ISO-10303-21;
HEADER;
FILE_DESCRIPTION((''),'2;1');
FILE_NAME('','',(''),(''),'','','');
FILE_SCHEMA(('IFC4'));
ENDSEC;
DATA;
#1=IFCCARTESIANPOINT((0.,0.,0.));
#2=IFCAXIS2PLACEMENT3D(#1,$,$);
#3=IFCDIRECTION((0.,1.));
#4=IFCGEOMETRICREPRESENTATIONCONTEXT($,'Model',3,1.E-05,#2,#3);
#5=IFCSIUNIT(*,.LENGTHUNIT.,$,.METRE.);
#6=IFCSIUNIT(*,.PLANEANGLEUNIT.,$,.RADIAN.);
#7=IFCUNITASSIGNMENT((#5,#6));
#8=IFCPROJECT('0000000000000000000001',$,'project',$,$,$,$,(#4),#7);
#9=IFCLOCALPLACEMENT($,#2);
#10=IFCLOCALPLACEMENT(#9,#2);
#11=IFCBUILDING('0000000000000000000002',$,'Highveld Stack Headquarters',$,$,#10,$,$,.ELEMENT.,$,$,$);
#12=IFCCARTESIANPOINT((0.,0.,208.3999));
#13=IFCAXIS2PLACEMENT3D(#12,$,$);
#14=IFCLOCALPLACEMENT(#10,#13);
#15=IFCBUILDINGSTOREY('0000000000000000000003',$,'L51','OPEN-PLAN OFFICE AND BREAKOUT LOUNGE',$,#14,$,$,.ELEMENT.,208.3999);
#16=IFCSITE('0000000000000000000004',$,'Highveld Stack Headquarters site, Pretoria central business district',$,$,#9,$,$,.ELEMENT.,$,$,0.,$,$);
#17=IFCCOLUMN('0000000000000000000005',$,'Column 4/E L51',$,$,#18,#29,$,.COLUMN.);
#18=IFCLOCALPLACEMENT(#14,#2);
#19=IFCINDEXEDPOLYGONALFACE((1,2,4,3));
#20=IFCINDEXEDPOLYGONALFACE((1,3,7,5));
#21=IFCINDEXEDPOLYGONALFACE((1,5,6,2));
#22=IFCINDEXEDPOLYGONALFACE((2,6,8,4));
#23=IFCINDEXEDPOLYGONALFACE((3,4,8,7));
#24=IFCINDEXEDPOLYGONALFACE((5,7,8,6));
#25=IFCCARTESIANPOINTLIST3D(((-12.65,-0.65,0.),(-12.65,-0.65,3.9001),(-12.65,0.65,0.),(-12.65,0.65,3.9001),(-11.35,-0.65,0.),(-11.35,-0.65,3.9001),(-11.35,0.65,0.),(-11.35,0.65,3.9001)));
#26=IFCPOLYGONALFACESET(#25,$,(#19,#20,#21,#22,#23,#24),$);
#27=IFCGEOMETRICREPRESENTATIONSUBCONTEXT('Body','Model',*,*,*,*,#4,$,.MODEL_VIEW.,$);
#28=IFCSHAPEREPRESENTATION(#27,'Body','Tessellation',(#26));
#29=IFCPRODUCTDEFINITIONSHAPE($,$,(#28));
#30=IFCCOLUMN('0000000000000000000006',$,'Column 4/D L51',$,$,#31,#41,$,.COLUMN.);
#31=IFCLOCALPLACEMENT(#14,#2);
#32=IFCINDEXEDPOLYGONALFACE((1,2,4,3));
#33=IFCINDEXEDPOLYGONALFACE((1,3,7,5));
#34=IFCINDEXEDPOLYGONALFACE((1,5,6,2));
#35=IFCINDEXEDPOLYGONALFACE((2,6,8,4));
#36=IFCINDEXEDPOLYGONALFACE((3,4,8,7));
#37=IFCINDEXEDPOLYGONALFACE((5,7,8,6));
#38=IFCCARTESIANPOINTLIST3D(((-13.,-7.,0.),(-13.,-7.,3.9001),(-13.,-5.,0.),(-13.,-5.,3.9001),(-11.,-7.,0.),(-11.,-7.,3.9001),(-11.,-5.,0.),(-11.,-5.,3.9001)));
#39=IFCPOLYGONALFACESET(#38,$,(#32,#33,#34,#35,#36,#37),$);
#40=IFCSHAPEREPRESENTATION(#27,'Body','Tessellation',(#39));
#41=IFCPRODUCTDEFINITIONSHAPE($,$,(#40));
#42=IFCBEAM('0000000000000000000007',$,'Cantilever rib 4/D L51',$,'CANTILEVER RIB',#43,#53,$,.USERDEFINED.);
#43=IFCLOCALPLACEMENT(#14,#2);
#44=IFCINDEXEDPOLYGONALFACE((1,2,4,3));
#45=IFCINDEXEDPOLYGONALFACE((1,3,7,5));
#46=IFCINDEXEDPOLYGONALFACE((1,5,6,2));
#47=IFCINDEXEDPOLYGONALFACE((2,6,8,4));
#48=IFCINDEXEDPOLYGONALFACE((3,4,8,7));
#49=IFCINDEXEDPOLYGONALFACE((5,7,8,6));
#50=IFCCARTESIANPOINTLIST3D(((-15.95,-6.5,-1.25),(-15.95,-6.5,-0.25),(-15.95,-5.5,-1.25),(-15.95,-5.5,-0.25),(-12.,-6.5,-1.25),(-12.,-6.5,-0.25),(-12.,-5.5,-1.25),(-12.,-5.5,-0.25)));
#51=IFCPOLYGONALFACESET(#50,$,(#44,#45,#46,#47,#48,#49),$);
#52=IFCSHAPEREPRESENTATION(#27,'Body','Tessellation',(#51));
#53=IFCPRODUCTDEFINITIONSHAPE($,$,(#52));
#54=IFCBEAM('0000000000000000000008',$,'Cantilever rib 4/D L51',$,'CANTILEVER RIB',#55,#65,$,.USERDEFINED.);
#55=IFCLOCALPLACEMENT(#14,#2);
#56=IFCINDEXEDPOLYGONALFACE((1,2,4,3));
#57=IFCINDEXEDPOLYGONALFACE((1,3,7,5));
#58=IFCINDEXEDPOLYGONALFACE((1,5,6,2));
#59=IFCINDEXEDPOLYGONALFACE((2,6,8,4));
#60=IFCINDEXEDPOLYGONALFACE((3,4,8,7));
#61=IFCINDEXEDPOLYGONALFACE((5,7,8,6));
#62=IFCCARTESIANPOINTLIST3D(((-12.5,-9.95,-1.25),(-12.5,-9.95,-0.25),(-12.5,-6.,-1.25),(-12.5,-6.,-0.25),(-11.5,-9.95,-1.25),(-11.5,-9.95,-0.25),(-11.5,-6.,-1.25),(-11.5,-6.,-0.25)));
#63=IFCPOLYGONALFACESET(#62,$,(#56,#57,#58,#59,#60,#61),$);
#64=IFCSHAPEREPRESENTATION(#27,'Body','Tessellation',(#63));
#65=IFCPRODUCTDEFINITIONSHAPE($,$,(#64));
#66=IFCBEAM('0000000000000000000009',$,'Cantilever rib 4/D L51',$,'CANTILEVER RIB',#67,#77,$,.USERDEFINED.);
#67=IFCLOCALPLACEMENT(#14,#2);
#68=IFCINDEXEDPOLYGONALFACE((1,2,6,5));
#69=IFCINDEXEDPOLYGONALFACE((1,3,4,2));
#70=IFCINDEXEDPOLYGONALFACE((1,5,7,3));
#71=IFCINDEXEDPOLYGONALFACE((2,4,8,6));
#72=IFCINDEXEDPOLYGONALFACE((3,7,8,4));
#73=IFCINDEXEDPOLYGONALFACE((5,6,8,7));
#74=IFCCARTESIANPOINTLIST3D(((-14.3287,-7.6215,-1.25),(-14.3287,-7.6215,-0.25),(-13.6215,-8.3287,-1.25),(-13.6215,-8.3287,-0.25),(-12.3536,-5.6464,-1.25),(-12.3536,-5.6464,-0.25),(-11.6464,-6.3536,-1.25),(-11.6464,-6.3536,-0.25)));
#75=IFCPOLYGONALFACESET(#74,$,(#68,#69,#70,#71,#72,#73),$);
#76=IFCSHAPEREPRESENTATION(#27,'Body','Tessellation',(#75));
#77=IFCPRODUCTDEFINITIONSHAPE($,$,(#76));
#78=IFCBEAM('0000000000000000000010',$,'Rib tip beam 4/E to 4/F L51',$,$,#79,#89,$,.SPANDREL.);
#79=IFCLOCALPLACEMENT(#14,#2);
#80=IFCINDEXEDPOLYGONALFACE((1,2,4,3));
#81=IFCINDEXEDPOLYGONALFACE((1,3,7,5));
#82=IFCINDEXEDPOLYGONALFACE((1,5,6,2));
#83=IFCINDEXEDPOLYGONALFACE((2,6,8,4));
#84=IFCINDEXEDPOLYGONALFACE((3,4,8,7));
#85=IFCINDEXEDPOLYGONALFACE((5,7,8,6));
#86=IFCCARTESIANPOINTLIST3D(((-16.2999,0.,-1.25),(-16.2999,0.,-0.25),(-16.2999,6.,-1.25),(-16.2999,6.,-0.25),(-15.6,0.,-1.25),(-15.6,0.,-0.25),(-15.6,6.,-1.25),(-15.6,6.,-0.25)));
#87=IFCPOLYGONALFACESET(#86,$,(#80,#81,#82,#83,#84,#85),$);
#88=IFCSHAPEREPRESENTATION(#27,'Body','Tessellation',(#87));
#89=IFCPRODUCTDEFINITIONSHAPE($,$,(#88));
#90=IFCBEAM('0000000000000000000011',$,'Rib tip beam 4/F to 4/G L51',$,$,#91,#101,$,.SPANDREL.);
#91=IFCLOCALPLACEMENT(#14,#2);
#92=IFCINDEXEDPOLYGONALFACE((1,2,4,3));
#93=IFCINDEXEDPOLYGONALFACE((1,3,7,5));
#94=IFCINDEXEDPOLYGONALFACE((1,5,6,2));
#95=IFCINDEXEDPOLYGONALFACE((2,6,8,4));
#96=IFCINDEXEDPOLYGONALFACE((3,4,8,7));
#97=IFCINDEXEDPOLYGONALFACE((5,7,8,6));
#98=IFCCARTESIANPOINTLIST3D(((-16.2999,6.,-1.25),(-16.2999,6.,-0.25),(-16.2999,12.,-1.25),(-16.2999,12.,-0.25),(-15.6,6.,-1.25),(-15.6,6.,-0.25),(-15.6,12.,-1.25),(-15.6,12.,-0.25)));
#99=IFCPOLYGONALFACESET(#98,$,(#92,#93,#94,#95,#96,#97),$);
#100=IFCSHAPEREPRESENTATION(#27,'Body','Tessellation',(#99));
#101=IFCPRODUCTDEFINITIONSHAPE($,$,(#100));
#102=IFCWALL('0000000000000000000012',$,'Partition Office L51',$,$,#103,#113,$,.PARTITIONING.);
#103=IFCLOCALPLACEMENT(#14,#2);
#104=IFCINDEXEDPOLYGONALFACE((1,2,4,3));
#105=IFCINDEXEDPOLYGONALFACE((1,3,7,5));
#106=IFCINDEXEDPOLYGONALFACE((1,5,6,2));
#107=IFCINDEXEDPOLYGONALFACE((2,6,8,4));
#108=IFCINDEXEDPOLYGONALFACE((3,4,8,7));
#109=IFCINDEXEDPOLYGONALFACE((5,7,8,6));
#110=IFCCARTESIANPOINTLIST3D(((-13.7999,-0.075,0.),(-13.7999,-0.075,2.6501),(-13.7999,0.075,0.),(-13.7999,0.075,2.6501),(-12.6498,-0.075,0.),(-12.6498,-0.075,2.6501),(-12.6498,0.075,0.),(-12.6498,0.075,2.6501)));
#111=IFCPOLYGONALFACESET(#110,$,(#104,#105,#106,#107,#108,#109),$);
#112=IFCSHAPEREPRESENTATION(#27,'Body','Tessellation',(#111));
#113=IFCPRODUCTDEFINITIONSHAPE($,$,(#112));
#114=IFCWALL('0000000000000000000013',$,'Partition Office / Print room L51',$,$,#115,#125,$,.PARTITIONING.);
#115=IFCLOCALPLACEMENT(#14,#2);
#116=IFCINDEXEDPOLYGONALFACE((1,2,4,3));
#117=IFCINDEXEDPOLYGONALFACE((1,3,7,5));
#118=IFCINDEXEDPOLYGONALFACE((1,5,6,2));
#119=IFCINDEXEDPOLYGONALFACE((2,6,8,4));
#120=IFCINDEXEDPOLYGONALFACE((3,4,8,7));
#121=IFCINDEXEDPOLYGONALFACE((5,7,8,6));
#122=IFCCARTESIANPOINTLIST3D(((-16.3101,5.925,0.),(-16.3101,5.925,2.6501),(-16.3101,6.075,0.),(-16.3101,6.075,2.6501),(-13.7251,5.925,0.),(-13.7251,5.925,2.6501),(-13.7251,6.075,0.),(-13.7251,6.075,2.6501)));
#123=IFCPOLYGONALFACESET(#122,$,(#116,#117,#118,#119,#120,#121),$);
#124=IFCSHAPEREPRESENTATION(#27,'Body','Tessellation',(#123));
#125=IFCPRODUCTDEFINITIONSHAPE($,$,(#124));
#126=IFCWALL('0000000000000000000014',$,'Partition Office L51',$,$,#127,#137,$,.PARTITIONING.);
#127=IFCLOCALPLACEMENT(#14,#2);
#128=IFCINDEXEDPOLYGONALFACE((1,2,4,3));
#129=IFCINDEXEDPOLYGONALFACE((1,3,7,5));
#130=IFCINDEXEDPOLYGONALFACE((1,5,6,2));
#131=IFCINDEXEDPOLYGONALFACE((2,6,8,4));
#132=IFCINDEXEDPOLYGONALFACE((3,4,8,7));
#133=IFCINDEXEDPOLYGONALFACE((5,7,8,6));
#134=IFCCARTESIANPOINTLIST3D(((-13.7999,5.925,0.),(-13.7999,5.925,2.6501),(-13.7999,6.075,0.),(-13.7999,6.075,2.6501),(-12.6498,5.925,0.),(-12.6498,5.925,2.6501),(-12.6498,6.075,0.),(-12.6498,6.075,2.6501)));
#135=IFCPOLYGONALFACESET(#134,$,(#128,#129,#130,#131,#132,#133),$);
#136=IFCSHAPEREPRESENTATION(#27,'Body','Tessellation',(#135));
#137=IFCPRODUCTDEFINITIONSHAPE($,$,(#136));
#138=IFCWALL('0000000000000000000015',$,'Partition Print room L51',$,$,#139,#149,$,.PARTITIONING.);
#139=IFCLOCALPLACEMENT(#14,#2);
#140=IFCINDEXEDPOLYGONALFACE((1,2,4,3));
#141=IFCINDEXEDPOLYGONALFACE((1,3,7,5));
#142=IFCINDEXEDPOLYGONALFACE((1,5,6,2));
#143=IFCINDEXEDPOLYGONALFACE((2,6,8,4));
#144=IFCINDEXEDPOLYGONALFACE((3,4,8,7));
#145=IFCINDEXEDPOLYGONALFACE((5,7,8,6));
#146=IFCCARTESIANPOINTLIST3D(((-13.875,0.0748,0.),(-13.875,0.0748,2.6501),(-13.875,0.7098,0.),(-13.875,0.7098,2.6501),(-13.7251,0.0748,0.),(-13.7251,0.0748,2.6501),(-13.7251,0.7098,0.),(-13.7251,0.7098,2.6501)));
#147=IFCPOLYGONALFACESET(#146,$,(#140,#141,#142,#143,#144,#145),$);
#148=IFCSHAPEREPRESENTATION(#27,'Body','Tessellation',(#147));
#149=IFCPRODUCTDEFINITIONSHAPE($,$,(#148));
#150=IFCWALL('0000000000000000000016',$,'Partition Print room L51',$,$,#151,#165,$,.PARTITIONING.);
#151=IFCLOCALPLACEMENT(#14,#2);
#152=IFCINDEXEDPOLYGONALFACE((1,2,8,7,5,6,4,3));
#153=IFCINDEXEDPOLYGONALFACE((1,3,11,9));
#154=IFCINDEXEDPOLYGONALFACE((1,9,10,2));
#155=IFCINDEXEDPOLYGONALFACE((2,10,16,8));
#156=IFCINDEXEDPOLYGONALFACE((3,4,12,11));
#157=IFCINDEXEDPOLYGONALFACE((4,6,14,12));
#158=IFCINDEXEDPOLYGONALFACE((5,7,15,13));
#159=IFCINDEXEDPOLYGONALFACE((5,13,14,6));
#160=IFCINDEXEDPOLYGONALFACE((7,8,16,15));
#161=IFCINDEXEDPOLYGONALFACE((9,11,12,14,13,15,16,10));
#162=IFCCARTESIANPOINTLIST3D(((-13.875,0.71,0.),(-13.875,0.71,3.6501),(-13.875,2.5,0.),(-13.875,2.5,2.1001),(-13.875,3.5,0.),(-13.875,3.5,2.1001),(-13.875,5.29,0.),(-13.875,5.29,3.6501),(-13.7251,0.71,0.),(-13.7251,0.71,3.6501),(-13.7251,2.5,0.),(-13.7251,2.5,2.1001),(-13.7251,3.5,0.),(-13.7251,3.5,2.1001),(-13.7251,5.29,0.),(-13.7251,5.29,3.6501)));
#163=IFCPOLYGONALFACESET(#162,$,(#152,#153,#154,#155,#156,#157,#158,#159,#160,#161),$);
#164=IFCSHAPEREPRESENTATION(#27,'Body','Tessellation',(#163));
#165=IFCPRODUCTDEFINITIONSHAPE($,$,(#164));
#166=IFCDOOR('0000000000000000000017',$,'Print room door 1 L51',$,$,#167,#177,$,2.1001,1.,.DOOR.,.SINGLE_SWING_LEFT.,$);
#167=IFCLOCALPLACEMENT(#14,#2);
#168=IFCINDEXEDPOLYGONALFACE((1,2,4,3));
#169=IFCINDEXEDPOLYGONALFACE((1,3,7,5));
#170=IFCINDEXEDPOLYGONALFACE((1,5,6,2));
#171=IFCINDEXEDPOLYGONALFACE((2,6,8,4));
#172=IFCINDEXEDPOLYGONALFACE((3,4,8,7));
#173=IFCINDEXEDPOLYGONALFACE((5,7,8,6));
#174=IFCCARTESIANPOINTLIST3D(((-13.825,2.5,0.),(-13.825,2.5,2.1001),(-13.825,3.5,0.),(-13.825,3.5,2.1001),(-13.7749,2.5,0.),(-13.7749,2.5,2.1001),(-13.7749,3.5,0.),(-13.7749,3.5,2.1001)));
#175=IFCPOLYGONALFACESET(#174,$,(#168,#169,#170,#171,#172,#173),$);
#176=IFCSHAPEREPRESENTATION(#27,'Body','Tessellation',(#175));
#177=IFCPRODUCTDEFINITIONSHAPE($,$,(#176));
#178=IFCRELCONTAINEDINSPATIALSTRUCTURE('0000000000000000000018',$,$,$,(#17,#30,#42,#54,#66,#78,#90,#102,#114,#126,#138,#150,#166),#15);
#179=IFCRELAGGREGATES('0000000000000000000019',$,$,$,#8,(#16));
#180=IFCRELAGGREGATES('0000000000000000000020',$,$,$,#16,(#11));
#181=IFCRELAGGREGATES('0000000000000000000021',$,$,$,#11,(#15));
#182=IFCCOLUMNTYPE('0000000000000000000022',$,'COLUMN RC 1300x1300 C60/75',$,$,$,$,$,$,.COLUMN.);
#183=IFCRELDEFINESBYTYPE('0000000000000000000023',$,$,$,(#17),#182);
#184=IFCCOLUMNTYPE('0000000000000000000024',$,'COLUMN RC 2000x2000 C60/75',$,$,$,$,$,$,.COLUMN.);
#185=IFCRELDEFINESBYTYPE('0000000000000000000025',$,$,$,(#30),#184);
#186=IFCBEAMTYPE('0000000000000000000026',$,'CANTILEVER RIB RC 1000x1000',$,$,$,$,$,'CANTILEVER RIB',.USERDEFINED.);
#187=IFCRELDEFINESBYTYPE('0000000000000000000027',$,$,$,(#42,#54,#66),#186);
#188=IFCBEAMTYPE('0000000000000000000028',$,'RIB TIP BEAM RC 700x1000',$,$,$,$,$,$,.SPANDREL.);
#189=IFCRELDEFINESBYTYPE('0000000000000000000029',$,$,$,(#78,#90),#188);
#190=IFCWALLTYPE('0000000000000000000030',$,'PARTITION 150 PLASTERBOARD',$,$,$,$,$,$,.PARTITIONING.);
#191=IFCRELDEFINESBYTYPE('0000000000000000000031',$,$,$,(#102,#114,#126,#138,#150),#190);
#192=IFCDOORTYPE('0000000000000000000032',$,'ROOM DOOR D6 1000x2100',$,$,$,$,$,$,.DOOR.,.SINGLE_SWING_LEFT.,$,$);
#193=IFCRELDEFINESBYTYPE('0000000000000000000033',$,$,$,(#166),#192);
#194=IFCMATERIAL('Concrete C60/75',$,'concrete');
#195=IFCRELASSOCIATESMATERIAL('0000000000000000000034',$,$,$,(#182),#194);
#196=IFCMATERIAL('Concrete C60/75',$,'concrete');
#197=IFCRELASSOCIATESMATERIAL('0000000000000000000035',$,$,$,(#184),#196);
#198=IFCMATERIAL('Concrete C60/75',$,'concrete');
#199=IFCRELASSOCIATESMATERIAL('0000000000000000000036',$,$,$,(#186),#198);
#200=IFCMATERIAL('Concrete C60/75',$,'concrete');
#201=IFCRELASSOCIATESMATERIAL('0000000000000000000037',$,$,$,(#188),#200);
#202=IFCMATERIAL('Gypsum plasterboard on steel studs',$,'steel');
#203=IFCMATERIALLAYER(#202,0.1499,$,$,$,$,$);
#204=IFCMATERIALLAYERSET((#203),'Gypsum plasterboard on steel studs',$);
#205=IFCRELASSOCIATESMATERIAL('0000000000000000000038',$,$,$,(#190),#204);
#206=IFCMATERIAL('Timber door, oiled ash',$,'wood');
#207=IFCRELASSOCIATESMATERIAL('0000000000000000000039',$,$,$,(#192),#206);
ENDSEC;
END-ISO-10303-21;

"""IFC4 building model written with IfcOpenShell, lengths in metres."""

from ifc_helpers import new_model, si_unit, direction, frame, frame_2d, origin, origin_2d, place, context, subcontext, project, spatial, rectangle, extrude, material, layer, layer_set, material_profile, profile_set, type_object, element, fill, save


model = new_model("IFC4")

# Units and contexts
model_context = context("Model", 3, precision=1e-05, world=origin(), true_north=direction((0.0, 1.0)))
body_context = subcontext(model_context, "Body", "Model", "MODEL_VIEW")
ifc_project = project(units=[si_unit("LENGTHUNIT", "METRE"), si_unit("PLANEANGLEUNIT", "RADIAN")], contexts=[model_context])

# Site, building, storey
site_placement = place(None, origin())
site = spatial("IfcSite", under=ifc_project, at=site_placement, Name="Highveld Stack Headquarters site, Pretoria central business district", CompositionType="ELEMENT", RefElevation=0.0)
building_placement = place(site_placement, origin())
building = spatial("IfcBuilding", under=site, at=building_placement, Name="Highveld Stack Headquarters", CompositionType="ELEMENT")
storey_placement = place(building_placement, frame((0.0, 0.0, 208.3999)))
storey = spatial("IfcBuildingStorey", under=building, at=storey_placement, Name="L51", Description="OPEN-PLAN OFFICE AND BREAKOUT LOUNGE", CompositionType="ELEMENT", Elevation=208.3999)

# Columns
ifc_material_1 = material(Name="Concrete C60/75", Category="concrete")
ifc_material_profile_1 = material_profile(ifc_material_1, rectangle(XDim=1.3, YDim=1.3, at=origin_2d()), Name="RC 1300x1300")
ifc_profile_set_1 = profile_set([ifc_material_profile_1], Name="Concrete C60/75")
column_type_1 = type_object("IfcColumnType", Name="COLUMN RC 1300x1300 C60/75", PredefinedType="COLUMN", material=ifc_profile_set_1)
column_1_placement = place(storey_placement, frame((-12.0, 0.0, 0.0), z_axis=(0.0, 0.0, 1.0), x_axis=(1.0, 0.0, 0.0)))
element("IfcColumn", 1, at=column_1_placement, inside=storey, type_object=column_type_1, Name="Column 4/E L51", PredefinedType="COLUMN", context=body_context, shape_type="SweptSolid", body=[
    extrude(rectangle(XDim=1.3, YDim=1.3, at=origin_2d()), origin(), (0.0, 0.0, 1.0), 3.9001),
])
ifc_material_2 = material(Name="Concrete C60/75", Category="concrete")
ifc_material_profile_2 = material_profile(ifc_material_2, rectangle(XDim=2.0, YDim=2.0, at=origin_2d()), Name="RC 2000x2000")
ifc_profile_set_2 = profile_set([ifc_material_profile_2], Name="Concrete C60/75")
column_type_2 = type_object("IfcColumnType", Name="COLUMN RC 2000x2000 C60/75", PredefinedType="COLUMN", material=ifc_profile_set_2)
column_2_placement = place(storey_placement, frame((-12.0, -6.0, 0.0), z_axis=(0.0, 0.0, 1.0), x_axis=(1.0, 0.0, 0.0)))
element("IfcColumn", 2, at=column_2_placement, inside=storey, type_object=column_type_2, Name="Column 4/D L51", PredefinedType="COLUMN", context=body_context, shape_type="SweptSolid", body=[
    extrude(rectangle(XDim=2.0, YDim=2.0, at=origin_2d()), origin(), (0.0, 0.0, 1.0), 3.9001),
])

# Beams
ifc_material_3 = material(Name="Concrete C60/75", Category="concrete")
ifc_material_profile_3 = material_profile(ifc_material_3, rectangle(XDim=1.0, YDim=1.0, at=origin_2d()), Name="RC 1000x1000")
ifc_profile_set_3 = profile_set([ifc_material_profile_3], Name="Concrete C60/75")
beam_type_1 = type_object("IfcBeamType", Name="CANTILEVER RIB RC 1000x1000", ElementType="CANTILEVER RIB", PredefinedType="USERDEFINED", material=ifc_profile_set_3)
for number, where, z_axis, x_axis, name in (
    (3, (-12.0, -6.0, -0.75), (-1.0, 0.0, 0.0), (0.0, -1.0, 0.0), "Cantilever rib 4/D L51"),
    (4, (-12.0, -6.0, -0.75), (0.0, -1.0, 0.0), (1.0, 0.0, 0.0), "Cantilever rib 4/D L51"),
):
    element("IfcBeam", number, at=place(storey_placement, frame(where, z_axis=z_axis, x_axis=x_axis)), inside=storey, type_object=beam_type_1, Name=name, ObjectType="CANTILEVER RIB", PredefinedType="USERDEFINED", context=body_context, shape_type="SweptSolid", body=[
        extrude(rectangle(XDim=1.0, YDim=1.0, at=origin_2d()), origin(), (0.0, 0.0, 1.0), 3.95),
    ])
beam_placement = place(storey_placement, frame((-12.0, -6.0, -0.75), z_axis=(-0.707107, -0.707107, 0.0), x_axis=(0.707107, -0.707107, 0.0)))
element("IfcBeam", 5, at=beam_placement, inside=storey, type_object=beam_type_1, Name="Cantilever rib 4/D L51", ObjectType="CANTILEVER RIB", PredefinedType="USERDEFINED", context=body_context, shape_type="SweptSolid", body=[
    extrude(rectangle(XDim=1.0, YDim=1.0, at=origin_2d()), origin(), (0.0, 0.0, 1.0), 2.7932),
])
ifc_material_4 = material(Name="Concrete C60/75", Category="concrete")
ifc_material_profile_4 = material_profile(ifc_material_4, rectangle(XDim=0.7, YDim=1.0, at=origin_2d()), Name="RC 700x1000")
ifc_profile_set_4 = profile_set([ifc_material_profile_4], Name="Concrete C60/75")
beam_type_2 = type_object("IfcBeamType", Name="RIB TIP BEAM RC 700x1000", PredefinedType="SPANDREL", material=ifc_profile_set_4)
for number, where, z_axis, x_axis, name in (
    (6, (-15.95, 0.0, -0.75), (0.0, 1.0, 0.0), (-1.0, 0.0, 0.0), "Rib tip beam 4/E to 4/F L51"),
    (7, (-15.95, 6.0, -0.75), (0.0, 1.0, 0.0), (-1.0, 0.0, 0.0), "Rib tip beam 4/F to 4/G L51"),
):
    element("IfcBeam", number, at=place(storey_placement, frame(where, z_axis=z_axis, x_axis=x_axis)), inside=storey, type_object=beam_type_2, Name=name, PredefinedType="SPANDREL", context=body_context, shape_type="SweptSolid", body=[
        extrude(rectangle(XDim=0.7, YDim=1.0, at=origin_2d()), origin(), (0.0, 0.0, 1.0), 6.0),
    ])

# Walls
ifc_material_5 = material(Name="Gypsum plasterboard on steel studs", Category="steel")
ifc_layer = layer(ifc_material_5, 0.1499)
ifc_layer_set = layer_set([ifc_layer], Name="Gypsum plasterboard on steel studs")
wall_type = type_object("IfcWallType", Name="PARTITION 150 PLASTERBOARD", PredefinedType="PARTITIONING", material=ifc_layer_set)
wall_1_placement = place(storey_placement, frame((-13.8, 0.0, 0.0), z_axis=(0.0, 0.0, 1.0), x_axis=(1.0, 0.0, 0.0)))
element("IfcWall", 8, at=wall_1_placement, inside=storey, type_object=wall_type, Name="Partition Office L51", PredefinedType="PARTITIONING", context=body_context, shape_type="SweptSolid", body=[
    extrude(rectangle(XDim=1.1501, YDim=0.1499, at=frame_2d((0.5752, 0.0))), origin(), (0.0, 0.0, 1.0), 2.6501),
])
wall_2_placement = place(storey_placement, frame((-16.3101, 6.0, 0.0), z_axis=(0.0, 0.0, 1.0), x_axis=(1.0, 0.0, 0.0)))
element("IfcWall", 9, at=wall_2_placement, inside=storey, type_object=wall_type, Name="Partition Office / Print room L51", PredefinedType="PARTITIONING", context=body_context, shape_type="SweptSolid", body=[
    extrude(rectangle(XDim=2.585, YDim=0.1499, at=frame_2d((1.2925, 0.0))), origin(), (0.0, 0.0, 1.0), 2.6501),
])
wall_3_placement = place(storey_placement, frame((-13.8, 6.0, 0.0), z_axis=(0.0, 0.0, 1.0), x_axis=(1.0, 0.0, 0.0)))
element("IfcWall", 10, at=wall_3_placement, inside=storey, type_object=wall_type, Name="Partition Office L51", PredefinedType="PARTITIONING", context=body_context, shape_type="SweptSolid", body=[
    extrude(rectangle(XDim=1.1501, YDim=0.1499, at=frame_2d((0.5752, 0.0))), origin(), (0.0, 0.0, 1.0), 2.6501),
])
wall_4_placement = place(storey_placement, frame((-13.8, 0.075, 0.0), z_axis=(0.0, 0.0, 1.0), x_axis=(0.0, 1.0, 0.0)))
element("IfcWall", 11, at=wall_4_placement, inside=storey, type_object=wall_type, Name="Partition Print room L51", PredefinedType="PARTITIONING", context=body_context, shape_type="SweptSolid", body=[
    extrude(rectangle(XDim=0.635, YDim=0.1499, at=frame_2d((0.3174, 0.0))), origin(), (0.0, 0.0, 1.0), 2.6501),
])

# Wall, opening, door
wall_5_placement = place(storey_placement, frame((-13.8, 0.71, 0.0), z_axis=(0.0, 0.0, 1.0), x_axis=(0.0, 1.0, 0.0)))
wall_5 = element("IfcWall", 12, at=wall_5_placement, inside=storey, type_object=wall_type, Name="Partition Print room L51", PredefinedType="PARTITIONING", context=body_context, shape_type="SweptSolid", body=[
    extrude(rectangle(XDim=4.5801, YDim=0.1499, at=frame_2d((2.29, 0.0))), origin(), (0.0, 0.0, 1.0), 3.6501),
])
opening_1_placement = place(wall_5_placement, frame((1.79, 0.0, 0.0)))
opening_1 = element("IfcOpeningElement", 13, at=opening_1_placement, cuts=wall_5, PredefinedType="OPENING", context=body_context, shape_type="SweptSolid", body=[
    extrude(rectangle(XDim=1.0, YDim=2.1001, at=frame_2d((0.5, 1.05))), frame((0.0, 0.085, 0.0), z_axis=(0.0, -1.0, 0.0), x_axis=(1.0, 0.0, 0.0)), (0.0, 0.0, 1.0), 0.1699),
])
ifc_material_6 = material(Name="Timber door, oiled ash", Category="wood")
door_type = type_object("IfcDoorType", Name="ROOM DOOR D6 1000x2100", OperationType="SINGLE_SWING_LEFT", PredefinedType="DOOR", material=ifc_material_6)
door_1_placement = place(opening_1_placement, origin())
door_1 = element("IfcDoor", 14, at=door_1_placement, inside=storey, type_object=door_type, Name="Print room door 1 L51", OperationType="SINGLE_SWING_LEFT", OverallHeight=2.1001, OverallWidth=1.0, PredefinedType="DOOR", context=body_context, shape_type="SweptSolid", body=[
    extrude(rectangle(XDim=1.0, YDim=2.1001, at=frame_2d((0.5, 1.05))), frame((0.0, 0.0249, 0.0), z_axis=(0.0, -1.0, 0.0), x_axis=(1.0, 0.0, 0.0)), (0.0, 0.0, 1.0), 0.05),
])
fill(opening_1, door_1)

save(model, "model.ifc")
